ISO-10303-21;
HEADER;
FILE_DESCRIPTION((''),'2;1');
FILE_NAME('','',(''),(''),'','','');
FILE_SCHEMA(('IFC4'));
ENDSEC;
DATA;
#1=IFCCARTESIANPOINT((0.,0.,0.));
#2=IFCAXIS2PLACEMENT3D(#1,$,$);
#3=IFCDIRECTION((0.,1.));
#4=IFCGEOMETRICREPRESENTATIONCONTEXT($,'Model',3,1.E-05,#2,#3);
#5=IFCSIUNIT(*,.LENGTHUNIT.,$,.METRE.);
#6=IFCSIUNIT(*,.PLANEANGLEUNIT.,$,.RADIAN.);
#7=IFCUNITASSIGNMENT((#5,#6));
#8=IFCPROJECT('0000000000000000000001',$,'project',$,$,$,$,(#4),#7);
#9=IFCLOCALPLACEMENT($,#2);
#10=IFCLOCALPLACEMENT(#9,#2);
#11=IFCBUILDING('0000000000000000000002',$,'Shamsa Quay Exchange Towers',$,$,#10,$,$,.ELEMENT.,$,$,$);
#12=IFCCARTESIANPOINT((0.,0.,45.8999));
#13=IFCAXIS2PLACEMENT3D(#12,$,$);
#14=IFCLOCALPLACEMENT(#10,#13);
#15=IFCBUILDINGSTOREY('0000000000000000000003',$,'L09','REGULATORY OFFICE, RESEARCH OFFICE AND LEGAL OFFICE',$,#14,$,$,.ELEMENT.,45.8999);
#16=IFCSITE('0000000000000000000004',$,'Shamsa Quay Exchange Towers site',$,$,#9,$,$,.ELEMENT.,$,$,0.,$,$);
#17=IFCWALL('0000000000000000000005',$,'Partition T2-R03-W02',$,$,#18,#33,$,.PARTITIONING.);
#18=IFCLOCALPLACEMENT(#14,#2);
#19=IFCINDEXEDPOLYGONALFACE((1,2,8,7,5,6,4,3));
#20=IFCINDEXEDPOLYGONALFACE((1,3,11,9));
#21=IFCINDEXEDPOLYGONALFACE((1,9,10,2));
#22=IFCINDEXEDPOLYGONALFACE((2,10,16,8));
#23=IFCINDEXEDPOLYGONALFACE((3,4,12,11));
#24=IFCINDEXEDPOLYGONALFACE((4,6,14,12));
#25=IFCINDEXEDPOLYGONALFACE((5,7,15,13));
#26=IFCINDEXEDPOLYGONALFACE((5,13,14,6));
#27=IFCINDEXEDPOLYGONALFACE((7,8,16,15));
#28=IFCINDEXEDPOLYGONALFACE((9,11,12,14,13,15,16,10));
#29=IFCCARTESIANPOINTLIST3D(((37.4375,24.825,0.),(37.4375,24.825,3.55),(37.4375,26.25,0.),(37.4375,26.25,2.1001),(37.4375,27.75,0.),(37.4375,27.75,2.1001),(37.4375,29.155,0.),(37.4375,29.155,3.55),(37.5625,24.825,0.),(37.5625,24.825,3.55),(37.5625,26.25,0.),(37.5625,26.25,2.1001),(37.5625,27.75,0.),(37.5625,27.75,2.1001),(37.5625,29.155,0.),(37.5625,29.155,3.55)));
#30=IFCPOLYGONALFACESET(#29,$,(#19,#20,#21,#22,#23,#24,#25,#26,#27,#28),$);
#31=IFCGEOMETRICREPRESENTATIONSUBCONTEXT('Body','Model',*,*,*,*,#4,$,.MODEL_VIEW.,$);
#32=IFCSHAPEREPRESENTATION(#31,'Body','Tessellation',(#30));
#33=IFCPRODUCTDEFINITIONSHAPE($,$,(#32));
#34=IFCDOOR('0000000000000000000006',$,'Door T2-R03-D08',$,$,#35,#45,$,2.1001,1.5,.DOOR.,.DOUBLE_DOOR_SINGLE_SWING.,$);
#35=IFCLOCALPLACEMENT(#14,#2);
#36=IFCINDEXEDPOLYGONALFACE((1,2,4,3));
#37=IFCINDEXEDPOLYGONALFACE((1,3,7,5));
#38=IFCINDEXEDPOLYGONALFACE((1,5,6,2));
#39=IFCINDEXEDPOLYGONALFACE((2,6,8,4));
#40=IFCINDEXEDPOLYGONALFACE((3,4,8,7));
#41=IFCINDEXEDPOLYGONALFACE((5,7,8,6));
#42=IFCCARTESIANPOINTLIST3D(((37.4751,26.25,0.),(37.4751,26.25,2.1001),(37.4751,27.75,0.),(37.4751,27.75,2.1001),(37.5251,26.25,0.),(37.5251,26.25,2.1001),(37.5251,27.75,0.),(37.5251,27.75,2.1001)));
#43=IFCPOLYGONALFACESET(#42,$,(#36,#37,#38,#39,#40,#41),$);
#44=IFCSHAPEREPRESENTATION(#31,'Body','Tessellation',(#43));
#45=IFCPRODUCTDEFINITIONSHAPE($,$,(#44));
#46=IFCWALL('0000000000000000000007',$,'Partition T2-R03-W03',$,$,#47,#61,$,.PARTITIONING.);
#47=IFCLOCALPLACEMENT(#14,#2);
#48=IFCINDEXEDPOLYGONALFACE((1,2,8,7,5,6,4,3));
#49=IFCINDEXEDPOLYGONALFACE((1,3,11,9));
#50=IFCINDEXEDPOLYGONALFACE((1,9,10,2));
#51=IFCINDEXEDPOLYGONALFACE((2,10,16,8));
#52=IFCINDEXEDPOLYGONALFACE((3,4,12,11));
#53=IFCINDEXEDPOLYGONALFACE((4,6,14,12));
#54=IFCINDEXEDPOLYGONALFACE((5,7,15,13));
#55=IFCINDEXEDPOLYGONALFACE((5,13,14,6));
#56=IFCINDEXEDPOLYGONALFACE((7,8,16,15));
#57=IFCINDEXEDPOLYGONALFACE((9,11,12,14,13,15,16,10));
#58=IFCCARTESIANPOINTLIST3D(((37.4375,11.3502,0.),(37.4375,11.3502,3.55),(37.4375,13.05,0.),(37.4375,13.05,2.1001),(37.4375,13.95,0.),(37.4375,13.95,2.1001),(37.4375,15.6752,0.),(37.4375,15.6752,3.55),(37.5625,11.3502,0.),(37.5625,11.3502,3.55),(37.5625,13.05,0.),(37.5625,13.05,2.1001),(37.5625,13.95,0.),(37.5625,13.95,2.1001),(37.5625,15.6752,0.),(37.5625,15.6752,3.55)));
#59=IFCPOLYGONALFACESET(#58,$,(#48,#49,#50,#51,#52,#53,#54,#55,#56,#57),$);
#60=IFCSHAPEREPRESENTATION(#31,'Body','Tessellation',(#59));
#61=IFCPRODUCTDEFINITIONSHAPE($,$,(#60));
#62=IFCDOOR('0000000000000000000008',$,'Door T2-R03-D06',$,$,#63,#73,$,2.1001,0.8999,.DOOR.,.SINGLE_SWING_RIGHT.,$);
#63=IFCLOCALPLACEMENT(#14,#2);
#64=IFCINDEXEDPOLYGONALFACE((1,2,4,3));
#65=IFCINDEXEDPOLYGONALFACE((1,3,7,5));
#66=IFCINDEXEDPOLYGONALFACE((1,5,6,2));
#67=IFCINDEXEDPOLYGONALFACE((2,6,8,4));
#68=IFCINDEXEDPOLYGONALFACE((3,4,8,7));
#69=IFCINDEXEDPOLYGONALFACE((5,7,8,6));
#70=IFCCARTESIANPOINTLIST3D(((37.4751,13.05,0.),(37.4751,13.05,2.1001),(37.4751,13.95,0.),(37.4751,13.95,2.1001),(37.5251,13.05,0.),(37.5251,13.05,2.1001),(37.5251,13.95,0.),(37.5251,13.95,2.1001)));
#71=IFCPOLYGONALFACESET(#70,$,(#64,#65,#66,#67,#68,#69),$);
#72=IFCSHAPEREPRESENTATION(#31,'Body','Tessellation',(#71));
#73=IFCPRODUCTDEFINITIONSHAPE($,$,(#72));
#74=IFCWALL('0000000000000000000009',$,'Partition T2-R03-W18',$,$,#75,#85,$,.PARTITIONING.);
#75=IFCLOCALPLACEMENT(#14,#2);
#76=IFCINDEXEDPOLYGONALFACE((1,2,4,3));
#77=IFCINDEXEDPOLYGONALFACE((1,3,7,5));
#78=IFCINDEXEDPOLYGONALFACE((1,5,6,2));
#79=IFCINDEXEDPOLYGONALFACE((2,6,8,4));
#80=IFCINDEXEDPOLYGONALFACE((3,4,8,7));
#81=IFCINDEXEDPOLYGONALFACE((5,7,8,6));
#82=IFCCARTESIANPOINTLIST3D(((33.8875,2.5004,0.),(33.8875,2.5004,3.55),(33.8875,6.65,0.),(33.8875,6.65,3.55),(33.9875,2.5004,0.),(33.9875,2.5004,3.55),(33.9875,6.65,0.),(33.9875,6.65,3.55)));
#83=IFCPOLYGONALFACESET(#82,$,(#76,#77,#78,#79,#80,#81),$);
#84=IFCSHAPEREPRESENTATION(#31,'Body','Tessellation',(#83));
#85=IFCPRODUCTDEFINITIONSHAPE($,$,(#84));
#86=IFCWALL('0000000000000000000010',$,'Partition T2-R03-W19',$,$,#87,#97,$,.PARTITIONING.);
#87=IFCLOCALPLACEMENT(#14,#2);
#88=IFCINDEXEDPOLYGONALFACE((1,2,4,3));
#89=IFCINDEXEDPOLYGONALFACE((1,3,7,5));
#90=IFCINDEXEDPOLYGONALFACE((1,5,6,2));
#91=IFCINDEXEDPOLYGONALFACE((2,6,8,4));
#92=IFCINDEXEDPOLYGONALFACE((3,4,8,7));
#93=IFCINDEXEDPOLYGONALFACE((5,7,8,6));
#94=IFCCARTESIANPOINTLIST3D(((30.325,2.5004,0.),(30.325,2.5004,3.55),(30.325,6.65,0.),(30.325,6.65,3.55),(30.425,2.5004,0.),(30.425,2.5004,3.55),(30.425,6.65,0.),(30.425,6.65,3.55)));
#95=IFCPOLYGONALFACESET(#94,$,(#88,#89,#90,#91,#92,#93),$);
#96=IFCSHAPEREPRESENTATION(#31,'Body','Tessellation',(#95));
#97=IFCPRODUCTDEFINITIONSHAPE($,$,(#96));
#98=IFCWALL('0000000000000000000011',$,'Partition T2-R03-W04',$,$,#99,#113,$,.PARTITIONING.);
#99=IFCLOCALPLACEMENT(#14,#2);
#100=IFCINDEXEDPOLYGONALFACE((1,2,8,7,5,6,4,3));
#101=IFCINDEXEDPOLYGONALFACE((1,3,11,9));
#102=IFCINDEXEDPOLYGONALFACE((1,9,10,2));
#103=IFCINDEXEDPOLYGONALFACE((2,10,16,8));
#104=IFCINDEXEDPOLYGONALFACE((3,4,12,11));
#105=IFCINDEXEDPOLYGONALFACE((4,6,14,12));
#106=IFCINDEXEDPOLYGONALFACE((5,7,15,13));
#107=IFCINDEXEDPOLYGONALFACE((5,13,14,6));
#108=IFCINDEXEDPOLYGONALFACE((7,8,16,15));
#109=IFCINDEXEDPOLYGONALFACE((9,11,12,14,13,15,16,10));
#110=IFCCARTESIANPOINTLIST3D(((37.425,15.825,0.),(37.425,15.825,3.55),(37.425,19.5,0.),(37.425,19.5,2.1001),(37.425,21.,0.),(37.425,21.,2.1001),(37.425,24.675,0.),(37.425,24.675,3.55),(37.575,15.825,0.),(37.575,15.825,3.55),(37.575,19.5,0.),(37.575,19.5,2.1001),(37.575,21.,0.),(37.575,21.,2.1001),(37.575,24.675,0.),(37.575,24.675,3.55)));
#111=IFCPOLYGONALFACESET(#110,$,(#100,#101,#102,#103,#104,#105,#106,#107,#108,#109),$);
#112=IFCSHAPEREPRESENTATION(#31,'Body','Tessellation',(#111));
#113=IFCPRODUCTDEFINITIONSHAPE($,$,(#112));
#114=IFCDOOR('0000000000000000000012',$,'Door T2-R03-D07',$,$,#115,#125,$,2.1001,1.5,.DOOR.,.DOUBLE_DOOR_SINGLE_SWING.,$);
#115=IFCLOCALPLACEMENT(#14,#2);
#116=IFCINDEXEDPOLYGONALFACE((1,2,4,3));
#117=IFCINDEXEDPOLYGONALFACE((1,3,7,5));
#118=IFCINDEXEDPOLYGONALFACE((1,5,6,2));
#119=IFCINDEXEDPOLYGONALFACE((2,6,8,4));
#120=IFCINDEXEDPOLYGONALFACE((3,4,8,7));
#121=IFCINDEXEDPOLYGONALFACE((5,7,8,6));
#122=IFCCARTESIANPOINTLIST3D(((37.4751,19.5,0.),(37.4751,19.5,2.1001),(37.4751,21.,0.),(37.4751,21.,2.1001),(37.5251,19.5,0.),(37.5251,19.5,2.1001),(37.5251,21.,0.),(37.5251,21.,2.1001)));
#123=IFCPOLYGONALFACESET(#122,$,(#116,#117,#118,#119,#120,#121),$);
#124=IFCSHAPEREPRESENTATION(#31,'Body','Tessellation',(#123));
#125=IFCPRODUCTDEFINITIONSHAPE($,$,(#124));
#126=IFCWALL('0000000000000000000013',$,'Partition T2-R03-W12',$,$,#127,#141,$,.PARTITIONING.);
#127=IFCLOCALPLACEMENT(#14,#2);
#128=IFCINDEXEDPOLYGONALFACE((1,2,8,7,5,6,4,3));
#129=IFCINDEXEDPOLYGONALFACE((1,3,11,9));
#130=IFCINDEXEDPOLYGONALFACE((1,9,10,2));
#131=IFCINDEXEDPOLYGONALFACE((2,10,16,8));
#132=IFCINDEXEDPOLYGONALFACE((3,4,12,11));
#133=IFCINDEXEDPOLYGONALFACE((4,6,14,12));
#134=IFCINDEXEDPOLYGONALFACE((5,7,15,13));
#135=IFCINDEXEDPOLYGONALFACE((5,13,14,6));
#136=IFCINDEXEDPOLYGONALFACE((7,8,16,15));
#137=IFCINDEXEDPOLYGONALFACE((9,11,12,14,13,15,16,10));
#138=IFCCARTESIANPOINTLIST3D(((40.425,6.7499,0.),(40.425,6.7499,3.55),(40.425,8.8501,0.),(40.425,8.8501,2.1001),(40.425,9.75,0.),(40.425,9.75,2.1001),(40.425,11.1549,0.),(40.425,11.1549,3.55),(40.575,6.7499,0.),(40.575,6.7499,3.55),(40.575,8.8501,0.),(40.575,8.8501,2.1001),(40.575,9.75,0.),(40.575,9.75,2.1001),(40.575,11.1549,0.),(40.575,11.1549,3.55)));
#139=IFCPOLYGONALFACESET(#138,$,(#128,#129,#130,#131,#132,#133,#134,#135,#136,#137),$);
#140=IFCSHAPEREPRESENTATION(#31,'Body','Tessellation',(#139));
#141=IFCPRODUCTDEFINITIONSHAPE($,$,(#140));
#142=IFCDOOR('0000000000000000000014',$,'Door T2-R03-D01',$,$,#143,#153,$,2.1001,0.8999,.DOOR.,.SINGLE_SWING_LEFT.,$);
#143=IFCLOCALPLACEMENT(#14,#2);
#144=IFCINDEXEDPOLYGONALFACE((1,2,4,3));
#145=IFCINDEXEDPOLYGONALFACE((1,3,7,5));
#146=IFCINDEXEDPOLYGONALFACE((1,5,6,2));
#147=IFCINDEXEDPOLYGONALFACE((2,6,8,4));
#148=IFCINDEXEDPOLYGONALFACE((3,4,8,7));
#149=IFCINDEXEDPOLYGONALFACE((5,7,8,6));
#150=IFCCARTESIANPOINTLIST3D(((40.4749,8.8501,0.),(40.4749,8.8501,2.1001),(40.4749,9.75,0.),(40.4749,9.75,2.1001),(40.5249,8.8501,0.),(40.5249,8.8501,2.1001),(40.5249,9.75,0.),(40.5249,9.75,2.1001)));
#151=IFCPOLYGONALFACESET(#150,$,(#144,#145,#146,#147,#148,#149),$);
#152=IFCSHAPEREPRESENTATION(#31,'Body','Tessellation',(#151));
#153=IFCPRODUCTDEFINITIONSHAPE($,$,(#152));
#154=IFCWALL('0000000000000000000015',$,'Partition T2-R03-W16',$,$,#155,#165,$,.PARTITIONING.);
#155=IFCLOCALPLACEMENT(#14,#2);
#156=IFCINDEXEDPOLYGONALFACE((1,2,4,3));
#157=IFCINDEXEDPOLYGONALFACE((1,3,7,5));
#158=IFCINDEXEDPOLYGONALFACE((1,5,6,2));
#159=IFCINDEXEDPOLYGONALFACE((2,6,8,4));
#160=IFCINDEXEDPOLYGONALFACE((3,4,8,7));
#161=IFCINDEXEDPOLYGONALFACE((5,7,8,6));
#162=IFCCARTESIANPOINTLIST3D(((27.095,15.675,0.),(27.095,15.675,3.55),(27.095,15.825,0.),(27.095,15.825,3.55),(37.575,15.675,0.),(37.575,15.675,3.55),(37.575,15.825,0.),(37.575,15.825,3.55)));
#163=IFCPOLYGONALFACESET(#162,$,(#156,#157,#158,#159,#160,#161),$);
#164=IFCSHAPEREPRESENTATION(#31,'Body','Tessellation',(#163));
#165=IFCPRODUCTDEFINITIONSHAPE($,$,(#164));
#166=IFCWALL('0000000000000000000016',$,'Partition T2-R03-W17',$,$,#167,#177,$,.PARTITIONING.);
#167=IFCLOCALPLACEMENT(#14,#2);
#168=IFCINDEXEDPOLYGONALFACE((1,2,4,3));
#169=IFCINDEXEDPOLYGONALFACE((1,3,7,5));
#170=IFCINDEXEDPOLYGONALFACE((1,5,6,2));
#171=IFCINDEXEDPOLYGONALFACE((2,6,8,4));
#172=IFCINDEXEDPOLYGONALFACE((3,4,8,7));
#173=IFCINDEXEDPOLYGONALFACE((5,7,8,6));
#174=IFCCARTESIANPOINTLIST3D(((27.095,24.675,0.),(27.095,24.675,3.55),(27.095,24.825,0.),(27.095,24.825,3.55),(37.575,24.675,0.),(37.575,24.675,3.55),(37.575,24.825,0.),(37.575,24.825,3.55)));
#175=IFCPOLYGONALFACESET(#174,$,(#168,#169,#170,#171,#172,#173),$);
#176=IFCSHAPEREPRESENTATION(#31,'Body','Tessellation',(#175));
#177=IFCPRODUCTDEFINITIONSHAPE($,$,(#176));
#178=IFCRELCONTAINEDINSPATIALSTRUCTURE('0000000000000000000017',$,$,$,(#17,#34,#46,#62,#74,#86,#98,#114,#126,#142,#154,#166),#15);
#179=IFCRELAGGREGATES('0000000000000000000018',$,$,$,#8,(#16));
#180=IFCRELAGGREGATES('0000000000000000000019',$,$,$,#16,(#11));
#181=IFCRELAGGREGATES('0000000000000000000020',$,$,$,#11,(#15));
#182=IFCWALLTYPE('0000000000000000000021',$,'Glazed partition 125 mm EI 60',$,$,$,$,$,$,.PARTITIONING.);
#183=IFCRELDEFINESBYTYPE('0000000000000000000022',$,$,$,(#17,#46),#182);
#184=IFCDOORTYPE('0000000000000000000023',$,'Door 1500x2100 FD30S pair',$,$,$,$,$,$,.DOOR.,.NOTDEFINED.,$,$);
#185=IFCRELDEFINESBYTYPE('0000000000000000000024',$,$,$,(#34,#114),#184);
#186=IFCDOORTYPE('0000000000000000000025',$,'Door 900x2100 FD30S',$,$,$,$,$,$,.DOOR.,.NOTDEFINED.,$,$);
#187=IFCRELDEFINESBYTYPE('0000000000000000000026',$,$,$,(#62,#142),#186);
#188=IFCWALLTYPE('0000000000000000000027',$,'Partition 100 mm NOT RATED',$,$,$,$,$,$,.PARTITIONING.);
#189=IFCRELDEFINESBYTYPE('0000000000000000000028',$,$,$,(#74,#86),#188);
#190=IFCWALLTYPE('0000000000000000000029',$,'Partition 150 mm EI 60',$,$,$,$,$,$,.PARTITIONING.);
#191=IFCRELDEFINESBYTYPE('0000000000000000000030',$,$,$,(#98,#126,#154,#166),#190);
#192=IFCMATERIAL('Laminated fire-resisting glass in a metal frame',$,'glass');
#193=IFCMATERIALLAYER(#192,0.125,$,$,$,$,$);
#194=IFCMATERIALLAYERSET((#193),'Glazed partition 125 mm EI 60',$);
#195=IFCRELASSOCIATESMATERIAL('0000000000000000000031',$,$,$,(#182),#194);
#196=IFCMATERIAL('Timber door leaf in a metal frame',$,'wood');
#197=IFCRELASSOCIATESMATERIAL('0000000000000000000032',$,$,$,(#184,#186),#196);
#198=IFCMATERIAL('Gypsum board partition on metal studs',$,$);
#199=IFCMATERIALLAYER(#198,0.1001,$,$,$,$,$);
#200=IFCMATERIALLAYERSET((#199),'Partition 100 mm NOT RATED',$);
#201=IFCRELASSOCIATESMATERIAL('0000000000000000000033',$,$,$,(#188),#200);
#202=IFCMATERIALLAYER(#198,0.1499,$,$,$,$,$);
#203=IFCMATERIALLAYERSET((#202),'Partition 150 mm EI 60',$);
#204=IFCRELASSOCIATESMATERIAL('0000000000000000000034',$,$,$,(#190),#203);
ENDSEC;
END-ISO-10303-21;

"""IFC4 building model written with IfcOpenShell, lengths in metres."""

from ifc_helpers import new_model, si_unit, direction, frame, frame_2d, origin, place, context, subcontext, project, spatial, rectangle, extrude, material, layer, layer_set, type_object, element, fill, save


model = new_model("IFC4")

# Units and contexts
model_context = context("Model", 3, precision=1e-05, world=origin(), true_north=direction((0.0, 1.0)))
body_context = subcontext(model_context, "Body", "Model", "MODEL_VIEW")
ifc_project = project(units=[si_unit("LENGTHUNIT", "METRE"), si_unit("PLANEANGLEUNIT", "RADIAN")], contexts=[model_context])

# Site, building, storey
site_placement = place(None, origin())
site = spatial("IfcSite", under=ifc_project, at=site_placement, Name="Shamsa Quay Exchange Towers site", CompositionType="ELEMENT", RefElevation=0.0)
building_placement = place(site_placement, origin())
building = spatial("IfcBuilding", under=site, at=building_placement, Name="Shamsa Quay Exchange Towers", CompositionType="ELEMENT")
storey_placement = place(building_placement, frame((0.0, 0.0, 45.8999)))
storey = spatial("IfcBuildingStorey", under=building, at=storey_placement, Name="L09", Description="REGULATORY OFFICE, RESEARCH OFFICE AND LEGAL OFFICE", CompositionType="ELEMENT", Elevation=45.8999)

# Walls, openings, doors
ifc_material_1 = material(Name="Laminated fire-resisting glass in a metal frame", Category="glass")
ifc_layer_1 = layer(ifc_material_1, 0.125)
ifc_layer_set_1 = layer_set([ifc_layer_1], Name="Glazed partition 125 mm EI 60")
wall_type_1 = type_object("IfcWallType", Name="Glazed partition 125 mm EI 60", PredefinedType="PARTITIONING", material=ifc_layer_set_1)
wall_1_placement = place(storey_placement, frame((37.5, 24.825, 0.0), z_axis=(0.0, 0.0, 1.0), x_axis=(0.0, 1.0, 0.0)))
wall_1 = element("IfcWall", 1, at=wall_1_placement, inside=storey, type_object=wall_type_1, Name="Partition T2-R03-W02", PredefinedType="PARTITIONING", context=body_context, shape_type="SweptSolid", body=[
    extrude(rectangle(XDim=4.3301, YDim=0.125, at=frame_2d((2.165, 0.0))), origin(), (0.0, 0.0, 1.0), 3.55),
])
opening_1_placement = place(wall_1_placement, frame((1.425, 0.0, 0.0)))
opening_1 = element("IfcOpeningElement", 2, at=opening_1_placement, cuts=wall_1, PredefinedType="OPENING", context=body_context, shape_type="SweptSolid", body=[
    extrude(rectangle(XDim=1.5, YDim=2.1001, at=frame_2d((0.75, 1.05))), frame((0.0, 0.0725, 0.0), z_axis=(0.0, -1.0, 0.0), x_axis=(1.0, 0.0, 0.0)), (0.0, 0.0, 1.0), 0.145),
])
ifc_material_2 = material(Name="Timber door leaf in a metal frame", Category="wood")
door_type_1 = type_object("IfcDoorType", Name="Door 1500x2100 FD30S pair", OperationType="NOTDEFINED", PredefinedType="DOOR", material=ifc_material_2)
door_1_placement = place(opening_1_placement, origin())
door_1 = element("IfcDoor", 3, at=door_1_placement, inside=storey, type_object=door_type_1, Name="Door T2-R03-D08", OperationType="DOUBLE_DOOR_SINGLE_SWING", OverallHeight=2.1001, OverallWidth=1.5, PredefinedType="DOOR", context=body_context, shape_type="SweptSolid", body=[
    extrude(rectangle(XDim=1.5, YDim=2.1001, at=frame_2d((0.75, 1.05))), frame((0.0, 0.0249, 0.0), z_axis=(0.0, -1.0, 0.0), x_axis=(1.0, 0.0, 0.0)), (0.0, 0.0, 1.0), 0.05),
])
fill(opening_1, door_1)
wall_2_placement = place(storey_placement, frame((37.5, 11.3501, 0.0), z_axis=(0.0, 0.0, 1.0), x_axis=(0.0, 1.0, 0.0)))
wall_2 = element("IfcWall", 4, at=wall_2_placement, inside=storey, type_object=wall_type_1, Name="Partition T2-R03-W03", PredefinedType="PARTITIONING", context=body_context, shape_type="SweptSolid", body=[
    extrude(rectangle(XDim=4.325, YDim=0.125, at=frame_2d((2.1626, 0.0))), origin(), (0.0, 0.0, 1.0), 3.55),
])
opening_2_placement = place(wall_2_placement, frame((1.7, 0.0, 0.0)))
opening_2 = element("IfcOpeningElement", 5, at=opening_2_placement, cuts=wall_2, PredefinedType="OPENING", context=body_context, shape_type="SweptSolid", body=[
    extrude(rectangle(XDim=0.8999, YDim=2.1001, at=frame_2d((0.45, 1.05))), frame((0.0, 0.0725, 0.0), z_axis=(0.0, -1.0, 0.0), x_axis=(1.0, 0.0, 0.0)), (0.0, 0.0, 1.0), 0.145),
])
door_type_2 = type_object("IfcDoorType", Name="Door 900x2100 FD30S", OperationType="NOTDEFINED", PredefinedType="DOOR", material=ifc_material_2)
door_2_placement = place(opening_2_placement, origin())
door_2 = element("IfcDoor", 6, at=door_2_placement, inside=storey, type_object=door_type_2, Name="Door T2-R03-D06", OperationType="SINGLE_SWING_RIGHT", OverallHeight=2.1001, OverallWidth=0.8999, PredefinedType="DOOR", context=body_context, shape_type="SweptSolid", body=[
    extrude(rectangle(XDim=0.8999, YDim=2.1001, at=frame_2d((0.45, 1.05))), frame((0.0, 0.0249, 0.0), z_axis=(0.0, -1.0, 0.0), x_axis=(1.0, 0.0, 0.0)), (0.0, 0.0, 1.0), 0.05),
])
fill(opening_2, door_2)

# Walls
ifc_material_3 = material(Name="Gypsum board partition on metal studs")
ifc_layer_2 = layer(ifc_material_3, 0.1001)
ifc_layer_set_2 = layer_set([ifc_layer_2], Name="Partition 100 mm NOT RATED")
wall_type_2 = type_object("IfcWallType", Name="Partition 100 mm NOT RATED", PredefinedType="PARTITIONING", material=ifc_layer_set_2)
for number, where, z_axis, x_axis, name in (
    (7, (33.9375, 6.6499, 0.0), (0.0, 0.0, 1.0), (0.0, -1.0, 0.0), "Partition T2-R03-W18"),
    (8, (30.375, 6.6499, 0.0), (0.0, 0.0, 1.0), (0.0, -1.0, 0.0), "Partition T2-R03-W19"),
):
    element("IfcWall", number, at=place(storey_placement, frame(where, z_axis=z_axis, x_axis=x_axis)), inside=storey, type_object=wall_type_2, Name=name, PredefinedType="PARTITIONING", context=body_context, shape_type="SweptSolid", body=[
        extrude(rectangle(XDim=4.1497, YDim=0.1001, at=frame_2d((2.0747, 0.0))), origin(), (0.0, 0.0, 1.0), 3.55),
    ])

# Walls, openings, doors
ifc_layer_3 = layer(ifc_material_3, 0.1499)
ifc_layer_set_3 = layer_set([ifc_layer_3], Name="Partition 150 mm EI 60")
wall_type_3 = type_object("IfcWallType", Name="Partition 150 mm EI 60", PredefinedType="PARTITIONING", material=ifc_layer_set_3)
wall_3_placement = place(storey_placement, frame((37.5, 15.825, 0.0), z_axis=(0.0, 0.0, 1.0), x_axis=(0.0, 1.0, 0.0)))
wall_3 = element("IfcWall", 9, at=wall_3_placement, inside=storey, type_object=wall_type_3, Name="Partition T2-R03-W04", PredefinedType="PARTITIONING", context=body_context, shape_type="SweptSolid", body=[
    extrude(rectangle(XDim=8.8501, YDim=0.1499, at=frame_2d((4.425, 0.0))), origin(), (0.0, 0.0, 1.0), 3.55),
])
opening_3_placement = place(wall_3_placement, frame((3.675, 0.0, 0.0)))
opening_3 = element("IfcOpeningElement", 10, at=opening_3_placement, cuts=wall_3, PredefinedType="OPENING", context=body_context, shape_type="SweptSolid", body=[
    extrude(rectangle(XDim=1.5, YDim=2.1001, at=frame_2d((0.75, 1.05))), frame((0.0, 0.085, 0.0), z_axis=(0.0, -1.0, 0.0), x_axis=(1.0, 0.0, 0.0)), (0.0, 0.0, 1.0), 0.1699),
])
door_3_placement = place(opening_3_placement, origin())
door_3 = element("IfcDoor", 11, at=door_3_placement, inside=storey, type_object=door_type_1, Name="Door T2-R03-D07", OperationType="DOUBLE_DOOR_SINGLE_SWING", OverallHeight=2.1001, OverallWidth=1.5, PredefinedType="DOOR", context=body_context, shape_type="SweptSolid", body=[
    extrude(rectangle(XDim=1.5, YDim=2.1001, at=frame_2d((0.75, 1.05))), frame((0.0, 0.0249, 0.0), z_axis=(0.0, -1.0, 0.0), x_axis=(1.0, 0.0, 0.0)), (0.0, 0.0, 1.0), 0.05),
])
fill(opening_3, door_3)
wall_4_placement = place(storey_placement, frame((40.5, 11.155, 0.0), z_axis=(0.0, 0.0, 1.0), x_axis=(0.0, -1.0, 0.0)))
wall_4 = element("IfcWall", 12, at=wall_4_placement, inside=storey, type_object=wall_type_3, Name="Partition T2-R03-W12", PredefinedType="PARTITIONING", context=body_context, shape_type="SweptSolid", body=[
    extrude(rectangle(XDim=4.405, YDim=0.1499, at=frame_2d((2.2026, 0.0))), origin(), (0.0, 0.0, 1.0), 3.55),
])
opening_4_placement = place(wall_4_placement, frame((1.405, 0.0, 0.0)))
opening_4 = element("IfcOpeningElement", 13, at=opening_4_placement, cuts=wall_4, PredefinedType="OPENING", context=body_context, shape_type="SweptSolid", body=[
    extrude(rectangle(XDim=0.8999, YDim=2.1001, at=frame_2d((0.45, 1.05))), frame((0.0, 0.085, 0.0), z_axis=(0.0, -1.0, 0.0), x_axis=(1.0, 0.0, 0.0)), (0.0, 0.0, 1.0), 0.1699),
])
door_4_placement = place(opening_4_placement, origin())
door_4 = element("IfcDoor", 14, at=door_4_placement, inside=storey, type_object=door_type_2, Name="Door T2-R03-D01", OperationType="SINGLE_SWING_LEFT", OverallHeight=2.1001, OverallWidth=0.8999, PredefinedType="DOOR", context=body_context, shape_type="SweptSolid", body=[
    extrude(rectangle(XDim=0.8999, YDim=2.1001, at=frame_2d((0.45, 1.05))), frame((0.0, 0.0249, 0.0), z_axis=(0.0, -1.0, 0.0), x_axis=(1.0, 0.0, 0.0)), (0.0, 0.0, 1.0), 0.05),
])
fill(opening_4, door_4)

# Walls
for number, where, z_axis, x_axis, name in (
    (15, (37.575, 15.75, 0.0), (0.0, 0.0, 1.0), (-1.0, 0.0, 0.0), "Partition T2-R03-W16"),
    (16, (37.575, 24.75, 0.0), (0.0, 0.0, 1.0), (-1.0, 0.0, 0.0), "Partition T2-R03-W17"),
):
    element("IfcWall", number, at=place(storey_placement, frame(where, z_axis=z_axis, x_axis=x_axis)), inside=storey, type_object=wall_type_3, Name=name, PredefinedType="PARTITIONING", context=body_context, shape_type="SweptSolid", body=[
        extrude(rectangle(XDim=10.48, YDim=0.1499, at=frame_2d((5.24, 0.0))), origin(), (0.0, 0.0, 1.0), 3.55),
    ])

save(model, "model.ifc")
